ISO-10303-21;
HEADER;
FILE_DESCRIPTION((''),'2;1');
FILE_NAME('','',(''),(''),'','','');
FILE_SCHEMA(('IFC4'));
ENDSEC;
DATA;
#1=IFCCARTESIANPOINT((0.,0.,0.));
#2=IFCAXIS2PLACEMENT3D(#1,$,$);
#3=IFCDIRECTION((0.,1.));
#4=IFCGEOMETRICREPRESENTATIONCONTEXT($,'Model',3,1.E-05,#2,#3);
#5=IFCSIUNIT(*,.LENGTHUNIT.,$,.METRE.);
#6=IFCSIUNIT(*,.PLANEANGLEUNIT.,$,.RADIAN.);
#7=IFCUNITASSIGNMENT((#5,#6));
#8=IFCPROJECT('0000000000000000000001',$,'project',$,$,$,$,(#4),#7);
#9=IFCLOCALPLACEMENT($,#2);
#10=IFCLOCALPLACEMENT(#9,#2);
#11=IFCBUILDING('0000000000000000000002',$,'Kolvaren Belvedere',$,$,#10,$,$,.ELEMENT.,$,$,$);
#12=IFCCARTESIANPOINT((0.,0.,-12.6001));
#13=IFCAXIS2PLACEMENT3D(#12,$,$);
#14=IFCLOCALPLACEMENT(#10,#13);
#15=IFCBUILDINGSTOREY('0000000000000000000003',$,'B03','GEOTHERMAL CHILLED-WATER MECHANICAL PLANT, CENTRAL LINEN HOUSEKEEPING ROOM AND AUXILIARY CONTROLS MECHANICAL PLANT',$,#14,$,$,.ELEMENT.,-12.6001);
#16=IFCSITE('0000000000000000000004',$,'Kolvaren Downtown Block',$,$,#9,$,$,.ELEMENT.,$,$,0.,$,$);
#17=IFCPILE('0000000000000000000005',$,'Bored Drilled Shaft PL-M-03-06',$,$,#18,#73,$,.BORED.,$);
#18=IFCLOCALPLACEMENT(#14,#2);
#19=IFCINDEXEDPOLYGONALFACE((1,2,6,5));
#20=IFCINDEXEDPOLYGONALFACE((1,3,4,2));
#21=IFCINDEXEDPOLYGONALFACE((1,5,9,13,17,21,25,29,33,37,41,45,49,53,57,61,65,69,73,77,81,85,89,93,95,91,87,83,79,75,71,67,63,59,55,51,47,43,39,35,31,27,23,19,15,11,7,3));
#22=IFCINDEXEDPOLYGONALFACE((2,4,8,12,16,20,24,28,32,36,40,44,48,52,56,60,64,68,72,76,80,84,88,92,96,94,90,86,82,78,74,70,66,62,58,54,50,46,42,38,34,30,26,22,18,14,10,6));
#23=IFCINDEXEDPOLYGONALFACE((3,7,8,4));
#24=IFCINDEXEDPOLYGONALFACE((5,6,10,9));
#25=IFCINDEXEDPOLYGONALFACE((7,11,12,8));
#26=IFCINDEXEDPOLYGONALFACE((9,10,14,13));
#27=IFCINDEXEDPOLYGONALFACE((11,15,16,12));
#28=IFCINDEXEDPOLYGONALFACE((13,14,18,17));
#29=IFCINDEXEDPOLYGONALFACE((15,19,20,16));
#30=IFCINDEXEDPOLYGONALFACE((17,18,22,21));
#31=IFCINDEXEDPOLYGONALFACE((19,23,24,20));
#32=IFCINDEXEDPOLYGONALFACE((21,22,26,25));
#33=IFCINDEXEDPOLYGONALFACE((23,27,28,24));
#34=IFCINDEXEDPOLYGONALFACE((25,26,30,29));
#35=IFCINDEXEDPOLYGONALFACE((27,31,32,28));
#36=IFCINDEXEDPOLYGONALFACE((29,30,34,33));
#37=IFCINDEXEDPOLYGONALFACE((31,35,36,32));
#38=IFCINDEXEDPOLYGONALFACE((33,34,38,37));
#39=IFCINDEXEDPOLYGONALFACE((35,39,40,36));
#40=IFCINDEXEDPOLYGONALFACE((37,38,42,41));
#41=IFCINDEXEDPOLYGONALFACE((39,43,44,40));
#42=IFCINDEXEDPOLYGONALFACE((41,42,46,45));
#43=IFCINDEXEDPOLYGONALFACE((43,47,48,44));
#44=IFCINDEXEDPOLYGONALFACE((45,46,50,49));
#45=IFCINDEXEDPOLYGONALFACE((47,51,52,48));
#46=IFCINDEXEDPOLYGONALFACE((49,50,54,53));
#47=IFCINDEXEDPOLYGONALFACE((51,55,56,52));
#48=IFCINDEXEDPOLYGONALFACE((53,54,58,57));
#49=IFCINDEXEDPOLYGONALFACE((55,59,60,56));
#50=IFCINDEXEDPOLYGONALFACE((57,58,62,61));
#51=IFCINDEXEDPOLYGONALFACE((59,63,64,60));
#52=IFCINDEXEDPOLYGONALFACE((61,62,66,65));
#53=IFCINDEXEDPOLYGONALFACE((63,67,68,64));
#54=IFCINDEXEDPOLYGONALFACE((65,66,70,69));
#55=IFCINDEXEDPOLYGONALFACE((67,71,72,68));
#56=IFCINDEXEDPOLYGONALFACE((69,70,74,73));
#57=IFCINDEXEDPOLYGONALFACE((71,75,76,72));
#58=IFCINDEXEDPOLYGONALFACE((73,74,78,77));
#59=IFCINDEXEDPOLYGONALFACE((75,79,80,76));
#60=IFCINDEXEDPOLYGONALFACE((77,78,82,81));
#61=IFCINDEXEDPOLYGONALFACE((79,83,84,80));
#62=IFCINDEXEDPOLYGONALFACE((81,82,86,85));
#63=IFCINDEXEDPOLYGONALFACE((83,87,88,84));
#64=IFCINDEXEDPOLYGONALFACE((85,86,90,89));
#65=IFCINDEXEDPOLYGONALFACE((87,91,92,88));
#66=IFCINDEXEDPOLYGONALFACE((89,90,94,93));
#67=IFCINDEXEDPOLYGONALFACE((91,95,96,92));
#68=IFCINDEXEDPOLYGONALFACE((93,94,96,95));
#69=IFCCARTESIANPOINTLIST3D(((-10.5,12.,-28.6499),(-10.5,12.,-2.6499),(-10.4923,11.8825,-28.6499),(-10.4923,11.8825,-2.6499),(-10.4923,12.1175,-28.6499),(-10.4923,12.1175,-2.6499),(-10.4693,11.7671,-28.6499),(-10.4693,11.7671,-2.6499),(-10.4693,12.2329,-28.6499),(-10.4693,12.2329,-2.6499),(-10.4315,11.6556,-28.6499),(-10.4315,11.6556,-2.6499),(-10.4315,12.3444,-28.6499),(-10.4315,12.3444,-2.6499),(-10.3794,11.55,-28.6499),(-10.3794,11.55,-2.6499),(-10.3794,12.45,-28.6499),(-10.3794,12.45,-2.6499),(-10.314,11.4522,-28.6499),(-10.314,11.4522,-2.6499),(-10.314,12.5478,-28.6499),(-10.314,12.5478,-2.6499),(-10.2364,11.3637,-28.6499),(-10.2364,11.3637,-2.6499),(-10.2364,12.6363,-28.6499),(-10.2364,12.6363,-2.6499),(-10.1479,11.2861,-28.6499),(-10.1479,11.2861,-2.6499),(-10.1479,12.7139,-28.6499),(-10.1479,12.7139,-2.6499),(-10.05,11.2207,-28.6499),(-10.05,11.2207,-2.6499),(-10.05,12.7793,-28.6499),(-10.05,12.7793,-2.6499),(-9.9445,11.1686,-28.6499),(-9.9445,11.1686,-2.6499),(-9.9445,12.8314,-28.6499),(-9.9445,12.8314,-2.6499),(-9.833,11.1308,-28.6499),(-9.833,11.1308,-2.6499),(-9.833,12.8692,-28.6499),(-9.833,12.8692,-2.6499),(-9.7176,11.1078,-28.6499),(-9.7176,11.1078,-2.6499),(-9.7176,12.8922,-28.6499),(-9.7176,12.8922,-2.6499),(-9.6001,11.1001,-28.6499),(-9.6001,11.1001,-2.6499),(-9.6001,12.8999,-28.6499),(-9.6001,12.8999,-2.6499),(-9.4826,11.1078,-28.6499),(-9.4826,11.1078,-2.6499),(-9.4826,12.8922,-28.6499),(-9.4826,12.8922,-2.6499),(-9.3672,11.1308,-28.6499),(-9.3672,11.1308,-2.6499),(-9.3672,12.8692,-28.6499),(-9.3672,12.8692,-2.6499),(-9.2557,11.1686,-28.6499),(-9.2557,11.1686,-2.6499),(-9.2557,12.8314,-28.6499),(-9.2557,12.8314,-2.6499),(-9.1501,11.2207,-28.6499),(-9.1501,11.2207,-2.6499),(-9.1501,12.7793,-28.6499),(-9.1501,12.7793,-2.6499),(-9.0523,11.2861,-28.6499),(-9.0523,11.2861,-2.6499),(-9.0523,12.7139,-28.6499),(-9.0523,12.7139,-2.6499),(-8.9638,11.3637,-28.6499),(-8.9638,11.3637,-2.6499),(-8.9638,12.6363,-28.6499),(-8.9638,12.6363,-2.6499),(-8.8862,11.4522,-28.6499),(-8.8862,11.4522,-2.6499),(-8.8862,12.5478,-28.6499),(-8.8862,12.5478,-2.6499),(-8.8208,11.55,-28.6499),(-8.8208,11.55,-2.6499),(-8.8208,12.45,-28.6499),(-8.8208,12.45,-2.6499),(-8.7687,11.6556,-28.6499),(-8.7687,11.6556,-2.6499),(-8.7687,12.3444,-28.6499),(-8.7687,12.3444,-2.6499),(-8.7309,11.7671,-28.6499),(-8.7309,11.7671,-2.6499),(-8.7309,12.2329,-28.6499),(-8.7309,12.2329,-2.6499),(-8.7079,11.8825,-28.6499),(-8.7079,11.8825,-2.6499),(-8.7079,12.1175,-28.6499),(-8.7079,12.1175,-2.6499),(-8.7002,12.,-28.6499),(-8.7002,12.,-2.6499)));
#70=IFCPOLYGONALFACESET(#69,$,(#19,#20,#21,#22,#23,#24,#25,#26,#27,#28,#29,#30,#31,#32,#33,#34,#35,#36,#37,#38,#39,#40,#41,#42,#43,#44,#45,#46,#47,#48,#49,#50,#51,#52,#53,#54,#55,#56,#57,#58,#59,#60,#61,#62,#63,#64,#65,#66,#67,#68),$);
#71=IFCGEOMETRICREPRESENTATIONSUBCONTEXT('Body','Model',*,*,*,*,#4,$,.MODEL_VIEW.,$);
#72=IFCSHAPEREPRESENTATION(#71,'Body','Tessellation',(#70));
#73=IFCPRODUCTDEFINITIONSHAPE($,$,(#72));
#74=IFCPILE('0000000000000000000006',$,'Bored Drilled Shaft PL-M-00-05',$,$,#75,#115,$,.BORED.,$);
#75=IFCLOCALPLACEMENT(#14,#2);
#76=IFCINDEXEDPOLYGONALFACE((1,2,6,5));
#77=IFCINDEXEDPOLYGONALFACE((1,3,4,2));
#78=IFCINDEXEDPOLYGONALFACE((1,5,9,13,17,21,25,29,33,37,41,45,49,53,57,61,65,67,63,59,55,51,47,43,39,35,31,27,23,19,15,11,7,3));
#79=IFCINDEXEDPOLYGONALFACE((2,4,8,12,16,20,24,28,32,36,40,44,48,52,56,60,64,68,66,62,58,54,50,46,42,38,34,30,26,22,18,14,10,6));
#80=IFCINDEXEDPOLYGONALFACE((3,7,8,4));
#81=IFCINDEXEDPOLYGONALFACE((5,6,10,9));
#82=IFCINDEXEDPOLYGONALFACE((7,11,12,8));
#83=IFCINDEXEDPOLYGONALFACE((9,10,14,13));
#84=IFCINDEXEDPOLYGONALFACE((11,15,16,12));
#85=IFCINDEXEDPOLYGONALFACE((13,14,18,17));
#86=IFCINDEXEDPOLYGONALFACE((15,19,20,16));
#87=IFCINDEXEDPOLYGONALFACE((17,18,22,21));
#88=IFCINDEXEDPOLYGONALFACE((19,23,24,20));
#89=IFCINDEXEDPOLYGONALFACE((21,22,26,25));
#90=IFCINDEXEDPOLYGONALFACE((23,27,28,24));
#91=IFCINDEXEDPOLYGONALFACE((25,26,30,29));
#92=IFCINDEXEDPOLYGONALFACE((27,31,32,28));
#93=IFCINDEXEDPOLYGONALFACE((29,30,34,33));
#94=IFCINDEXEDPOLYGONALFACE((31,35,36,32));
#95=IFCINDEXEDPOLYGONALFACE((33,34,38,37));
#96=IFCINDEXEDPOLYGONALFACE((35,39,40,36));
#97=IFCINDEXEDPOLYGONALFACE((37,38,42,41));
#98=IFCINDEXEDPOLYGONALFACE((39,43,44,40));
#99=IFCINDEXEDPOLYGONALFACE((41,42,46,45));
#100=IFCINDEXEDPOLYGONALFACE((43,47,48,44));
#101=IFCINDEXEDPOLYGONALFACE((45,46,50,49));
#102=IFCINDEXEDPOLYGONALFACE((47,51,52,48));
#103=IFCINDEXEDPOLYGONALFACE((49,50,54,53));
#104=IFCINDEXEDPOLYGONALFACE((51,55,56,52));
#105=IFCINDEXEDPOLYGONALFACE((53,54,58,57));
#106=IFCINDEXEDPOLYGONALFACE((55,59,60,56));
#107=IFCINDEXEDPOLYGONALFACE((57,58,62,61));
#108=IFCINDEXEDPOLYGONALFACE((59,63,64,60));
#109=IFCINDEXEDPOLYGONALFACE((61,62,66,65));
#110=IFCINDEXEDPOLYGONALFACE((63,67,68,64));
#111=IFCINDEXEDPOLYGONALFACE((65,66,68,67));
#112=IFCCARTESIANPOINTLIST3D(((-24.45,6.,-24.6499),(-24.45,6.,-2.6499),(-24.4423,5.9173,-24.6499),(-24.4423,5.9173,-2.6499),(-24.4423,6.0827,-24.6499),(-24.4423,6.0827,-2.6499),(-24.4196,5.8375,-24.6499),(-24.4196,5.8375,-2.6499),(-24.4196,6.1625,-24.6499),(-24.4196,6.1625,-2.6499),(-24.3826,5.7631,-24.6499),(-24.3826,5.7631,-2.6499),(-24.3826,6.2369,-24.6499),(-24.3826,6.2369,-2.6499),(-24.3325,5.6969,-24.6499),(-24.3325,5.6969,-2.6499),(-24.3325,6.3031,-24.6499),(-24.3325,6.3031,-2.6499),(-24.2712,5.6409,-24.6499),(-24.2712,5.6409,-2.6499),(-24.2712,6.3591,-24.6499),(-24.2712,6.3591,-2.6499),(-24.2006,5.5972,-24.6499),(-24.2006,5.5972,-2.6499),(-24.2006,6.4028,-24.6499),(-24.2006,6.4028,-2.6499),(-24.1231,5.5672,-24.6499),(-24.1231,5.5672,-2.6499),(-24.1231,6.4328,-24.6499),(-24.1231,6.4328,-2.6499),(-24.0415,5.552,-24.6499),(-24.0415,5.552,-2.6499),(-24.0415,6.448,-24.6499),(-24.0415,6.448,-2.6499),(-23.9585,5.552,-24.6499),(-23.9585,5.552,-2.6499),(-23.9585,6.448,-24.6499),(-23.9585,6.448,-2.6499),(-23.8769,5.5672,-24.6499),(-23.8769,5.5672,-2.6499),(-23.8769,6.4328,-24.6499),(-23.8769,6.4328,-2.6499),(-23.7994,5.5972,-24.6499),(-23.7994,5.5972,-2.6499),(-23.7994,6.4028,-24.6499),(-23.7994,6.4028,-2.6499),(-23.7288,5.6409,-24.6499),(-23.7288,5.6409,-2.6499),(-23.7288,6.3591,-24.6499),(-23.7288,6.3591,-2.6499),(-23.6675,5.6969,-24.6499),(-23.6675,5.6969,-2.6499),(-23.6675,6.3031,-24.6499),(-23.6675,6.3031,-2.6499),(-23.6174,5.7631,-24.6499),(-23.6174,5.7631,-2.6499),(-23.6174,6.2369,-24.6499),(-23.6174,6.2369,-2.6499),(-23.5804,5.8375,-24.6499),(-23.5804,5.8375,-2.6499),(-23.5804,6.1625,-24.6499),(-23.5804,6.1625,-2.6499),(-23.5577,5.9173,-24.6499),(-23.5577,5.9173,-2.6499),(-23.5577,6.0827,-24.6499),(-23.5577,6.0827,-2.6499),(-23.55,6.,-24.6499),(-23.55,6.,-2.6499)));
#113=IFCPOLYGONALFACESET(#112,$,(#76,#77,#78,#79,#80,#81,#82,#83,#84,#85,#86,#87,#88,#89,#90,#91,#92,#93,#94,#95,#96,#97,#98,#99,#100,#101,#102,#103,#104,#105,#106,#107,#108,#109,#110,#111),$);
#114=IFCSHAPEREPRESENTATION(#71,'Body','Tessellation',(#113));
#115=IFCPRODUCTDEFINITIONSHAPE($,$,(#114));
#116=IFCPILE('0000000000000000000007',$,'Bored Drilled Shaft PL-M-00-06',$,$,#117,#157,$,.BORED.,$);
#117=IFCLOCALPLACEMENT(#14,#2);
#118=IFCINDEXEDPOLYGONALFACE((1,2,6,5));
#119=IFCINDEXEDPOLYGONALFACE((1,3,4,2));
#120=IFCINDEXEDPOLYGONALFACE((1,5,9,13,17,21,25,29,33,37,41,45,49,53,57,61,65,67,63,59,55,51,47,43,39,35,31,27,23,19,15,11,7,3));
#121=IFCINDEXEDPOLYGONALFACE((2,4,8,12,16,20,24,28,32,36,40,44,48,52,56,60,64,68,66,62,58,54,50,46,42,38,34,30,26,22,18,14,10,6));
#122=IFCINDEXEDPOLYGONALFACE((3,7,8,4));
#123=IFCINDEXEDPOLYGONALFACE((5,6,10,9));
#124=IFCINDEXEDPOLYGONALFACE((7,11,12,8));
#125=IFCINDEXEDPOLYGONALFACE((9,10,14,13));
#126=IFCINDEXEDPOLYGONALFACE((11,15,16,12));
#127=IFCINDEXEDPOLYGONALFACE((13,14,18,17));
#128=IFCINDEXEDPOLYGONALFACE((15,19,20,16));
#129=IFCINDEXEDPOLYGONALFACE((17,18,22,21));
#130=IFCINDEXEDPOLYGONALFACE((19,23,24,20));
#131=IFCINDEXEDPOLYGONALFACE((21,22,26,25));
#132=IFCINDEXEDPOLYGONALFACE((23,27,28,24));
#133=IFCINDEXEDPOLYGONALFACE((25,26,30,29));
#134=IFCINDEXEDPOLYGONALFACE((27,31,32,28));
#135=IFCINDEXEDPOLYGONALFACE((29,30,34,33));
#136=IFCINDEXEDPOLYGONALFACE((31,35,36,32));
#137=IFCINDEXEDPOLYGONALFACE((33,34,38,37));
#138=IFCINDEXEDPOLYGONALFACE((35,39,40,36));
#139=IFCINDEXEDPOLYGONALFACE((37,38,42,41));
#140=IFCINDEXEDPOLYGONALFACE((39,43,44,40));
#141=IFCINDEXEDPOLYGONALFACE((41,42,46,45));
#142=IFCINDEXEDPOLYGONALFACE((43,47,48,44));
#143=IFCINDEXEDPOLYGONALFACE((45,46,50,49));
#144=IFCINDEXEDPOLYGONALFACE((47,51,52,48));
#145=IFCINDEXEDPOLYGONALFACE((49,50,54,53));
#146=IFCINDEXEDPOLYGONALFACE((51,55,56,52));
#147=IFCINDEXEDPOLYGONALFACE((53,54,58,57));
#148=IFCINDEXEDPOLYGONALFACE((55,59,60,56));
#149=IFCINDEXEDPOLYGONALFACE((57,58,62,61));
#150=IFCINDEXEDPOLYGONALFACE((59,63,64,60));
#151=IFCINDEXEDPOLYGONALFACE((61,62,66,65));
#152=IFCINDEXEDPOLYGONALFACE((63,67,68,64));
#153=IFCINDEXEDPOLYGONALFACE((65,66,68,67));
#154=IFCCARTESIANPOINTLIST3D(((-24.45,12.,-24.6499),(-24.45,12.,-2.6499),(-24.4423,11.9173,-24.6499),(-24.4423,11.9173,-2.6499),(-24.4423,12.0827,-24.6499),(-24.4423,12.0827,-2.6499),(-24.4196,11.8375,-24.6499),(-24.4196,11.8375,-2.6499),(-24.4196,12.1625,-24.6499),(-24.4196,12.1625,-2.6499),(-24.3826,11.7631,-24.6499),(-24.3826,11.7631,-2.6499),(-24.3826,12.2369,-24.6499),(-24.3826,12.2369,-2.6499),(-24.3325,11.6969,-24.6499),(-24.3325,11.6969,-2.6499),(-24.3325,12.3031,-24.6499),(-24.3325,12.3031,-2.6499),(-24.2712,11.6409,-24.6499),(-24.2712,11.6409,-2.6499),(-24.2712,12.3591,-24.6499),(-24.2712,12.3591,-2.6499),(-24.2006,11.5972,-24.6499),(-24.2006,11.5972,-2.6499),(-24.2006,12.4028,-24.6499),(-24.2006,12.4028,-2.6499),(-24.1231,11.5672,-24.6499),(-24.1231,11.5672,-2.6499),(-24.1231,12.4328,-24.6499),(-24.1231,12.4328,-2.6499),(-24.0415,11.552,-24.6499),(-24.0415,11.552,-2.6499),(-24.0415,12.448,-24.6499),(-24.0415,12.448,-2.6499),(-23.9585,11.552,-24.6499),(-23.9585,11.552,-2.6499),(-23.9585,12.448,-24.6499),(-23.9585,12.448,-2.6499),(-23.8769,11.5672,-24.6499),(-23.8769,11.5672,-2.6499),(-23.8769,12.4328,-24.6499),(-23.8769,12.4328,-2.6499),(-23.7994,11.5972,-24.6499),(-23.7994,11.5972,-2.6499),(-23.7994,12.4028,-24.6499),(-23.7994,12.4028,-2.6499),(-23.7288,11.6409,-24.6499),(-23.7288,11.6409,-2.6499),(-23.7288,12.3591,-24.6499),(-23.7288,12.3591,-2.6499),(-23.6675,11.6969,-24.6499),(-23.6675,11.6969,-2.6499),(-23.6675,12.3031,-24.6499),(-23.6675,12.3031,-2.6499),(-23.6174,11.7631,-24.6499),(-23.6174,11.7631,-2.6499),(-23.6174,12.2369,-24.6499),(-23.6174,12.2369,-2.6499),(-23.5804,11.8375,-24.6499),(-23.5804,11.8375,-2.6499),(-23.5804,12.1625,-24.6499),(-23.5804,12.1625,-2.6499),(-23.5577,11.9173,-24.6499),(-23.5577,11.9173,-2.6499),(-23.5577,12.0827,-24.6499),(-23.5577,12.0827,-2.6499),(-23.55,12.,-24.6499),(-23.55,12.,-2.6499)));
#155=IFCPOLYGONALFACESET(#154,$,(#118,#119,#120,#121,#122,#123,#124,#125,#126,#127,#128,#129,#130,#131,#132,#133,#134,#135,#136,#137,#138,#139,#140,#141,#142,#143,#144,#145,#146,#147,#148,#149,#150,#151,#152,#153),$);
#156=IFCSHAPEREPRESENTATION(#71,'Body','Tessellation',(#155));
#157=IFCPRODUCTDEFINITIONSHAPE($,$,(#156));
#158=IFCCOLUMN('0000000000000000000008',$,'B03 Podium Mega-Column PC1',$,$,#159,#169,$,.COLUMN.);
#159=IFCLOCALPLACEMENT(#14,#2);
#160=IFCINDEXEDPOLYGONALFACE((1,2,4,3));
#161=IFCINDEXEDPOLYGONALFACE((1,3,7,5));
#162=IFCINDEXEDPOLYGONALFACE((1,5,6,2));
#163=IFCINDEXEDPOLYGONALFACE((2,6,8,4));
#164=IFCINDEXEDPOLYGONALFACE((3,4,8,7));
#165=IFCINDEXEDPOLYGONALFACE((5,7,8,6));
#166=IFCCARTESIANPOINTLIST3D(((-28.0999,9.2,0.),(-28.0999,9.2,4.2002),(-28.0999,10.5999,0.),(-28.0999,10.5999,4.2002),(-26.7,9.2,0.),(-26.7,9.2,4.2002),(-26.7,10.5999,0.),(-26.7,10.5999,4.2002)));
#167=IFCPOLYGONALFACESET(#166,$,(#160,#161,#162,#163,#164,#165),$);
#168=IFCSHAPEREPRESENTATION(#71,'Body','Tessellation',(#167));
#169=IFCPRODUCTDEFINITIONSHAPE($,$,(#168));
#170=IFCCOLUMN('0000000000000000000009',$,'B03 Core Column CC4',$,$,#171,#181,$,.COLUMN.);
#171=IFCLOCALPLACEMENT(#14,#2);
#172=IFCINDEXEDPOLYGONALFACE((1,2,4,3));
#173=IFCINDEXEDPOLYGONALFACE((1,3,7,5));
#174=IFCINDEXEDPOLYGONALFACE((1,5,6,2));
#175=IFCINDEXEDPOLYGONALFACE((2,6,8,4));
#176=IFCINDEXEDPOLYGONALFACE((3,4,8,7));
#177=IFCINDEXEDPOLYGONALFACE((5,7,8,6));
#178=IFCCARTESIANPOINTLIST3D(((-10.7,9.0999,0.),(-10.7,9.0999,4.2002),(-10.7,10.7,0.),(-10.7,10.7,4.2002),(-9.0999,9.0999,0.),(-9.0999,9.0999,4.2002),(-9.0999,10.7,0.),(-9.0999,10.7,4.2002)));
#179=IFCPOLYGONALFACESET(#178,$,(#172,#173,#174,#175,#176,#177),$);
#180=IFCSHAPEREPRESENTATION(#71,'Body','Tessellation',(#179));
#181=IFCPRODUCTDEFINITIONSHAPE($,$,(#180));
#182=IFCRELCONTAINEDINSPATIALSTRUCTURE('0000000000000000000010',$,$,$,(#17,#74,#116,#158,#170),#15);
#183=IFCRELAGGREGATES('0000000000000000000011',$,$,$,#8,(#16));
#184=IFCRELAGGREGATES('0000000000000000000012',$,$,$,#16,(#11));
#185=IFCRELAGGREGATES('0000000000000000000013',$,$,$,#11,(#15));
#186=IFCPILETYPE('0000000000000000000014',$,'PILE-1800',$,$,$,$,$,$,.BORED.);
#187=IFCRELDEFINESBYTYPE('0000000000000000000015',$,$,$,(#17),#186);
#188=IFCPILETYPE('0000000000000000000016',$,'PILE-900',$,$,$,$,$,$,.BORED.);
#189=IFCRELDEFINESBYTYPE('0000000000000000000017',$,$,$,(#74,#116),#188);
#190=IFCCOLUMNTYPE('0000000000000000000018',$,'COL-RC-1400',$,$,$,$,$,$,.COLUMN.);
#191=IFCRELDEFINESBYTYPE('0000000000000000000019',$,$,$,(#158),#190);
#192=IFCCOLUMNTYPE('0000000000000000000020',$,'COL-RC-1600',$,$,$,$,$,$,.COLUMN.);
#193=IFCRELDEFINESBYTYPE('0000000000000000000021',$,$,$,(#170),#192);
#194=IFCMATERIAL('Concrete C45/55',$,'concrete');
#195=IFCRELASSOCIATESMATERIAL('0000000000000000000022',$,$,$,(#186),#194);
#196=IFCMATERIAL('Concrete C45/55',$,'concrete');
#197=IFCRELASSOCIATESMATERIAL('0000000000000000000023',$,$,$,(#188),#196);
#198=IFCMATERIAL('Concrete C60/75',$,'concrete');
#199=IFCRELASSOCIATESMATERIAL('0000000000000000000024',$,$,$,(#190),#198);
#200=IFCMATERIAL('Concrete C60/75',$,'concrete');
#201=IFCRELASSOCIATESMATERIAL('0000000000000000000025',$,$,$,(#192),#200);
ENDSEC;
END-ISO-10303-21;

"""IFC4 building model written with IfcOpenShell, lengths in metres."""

from ifc_helpers import new_model, si_unit, direction, frame, origin, origin_2d, place, context, subcontext, project, spatial, rectangle, circle, extrude, material, material_profile, profile_set, type_object, element, save


model = new_model("IFC4")

# Units and contexts
model_context = context("Model", 3, precision=1e-05, world=origin(), true_north=direction((0.0, 1.0)))
body_context = subcontext(model_context, "Body", "Model", "MODEL_VIEW")
ifc_project = project(units=[si_unit("LENGTHUNIT", "METRE"), si_unit("PLANEANGLEUNIT", "RADIAN")], contexts=[model_context])

# Site, building, storey
site_placement = place(None, origin())
site = spatial("IfcSite", under=ifc_project, at=site_placement, Name="Kolvaren Downtown Block", CompositionType="ELEMENT", RefElevation=0.0)
building_placement = place(site_placement, origin())
building = spatial("IfcBuilding", under=site, at=building_placement, Name="Kolvaren Belvedere", CompositionType="ELEMENT")
storey_placement = place(building_placement, frame((0.0, 0.0, -12.6001)))
storey = spatial("IfcBuildingStorey", under=building, at=storey_placement, Name="B03", Description="GEOTHERMAL CHILLED-WATER MECHANICAL PLANT, CENTRAL LINEN HOUSEKEEPING ROOM AND AUXILIARY CONTROLS MECHANICAL PLANT", CompositionType="ELEMENT", Elevation=-12.6001)

# Piles
ifc_material_1 = material(Name="Concrete C45/55", Category="concrete")
ifc_material_profile_1 = material_profile(ifc_material_1, circle(Radius=0.8999, at=origin_2d()), Name="BORED PILE D1800")
ifc_profile_set_1 = profile_set([ifc_material_profile_1], Name="Concrete C45/55")
pile_type_1 = type_object("IfcPileType", Name="PILE-1800", PredefinedType="BORED", material=ifc_profile_set_1)
for number, where, z_axis, x_axis, name in (
    (1, (-9.6001, 12.0, -2.6499), (0.0, 0.0, -1.0), (1.0, 0.0, 0.0), "Bored Drilled Shaft PL-M-03-06"),
):
    element("IfcPile", number, at=place(storey_placement, frame(where, z_axis=z_axis, x_axis=x_axis)), inside=storey, type_object=pile_type_1, Name=name, PredefinedType="BORED", context=body_context, shape_type="SweptSolid", body=[
        extrude(circle(Radius=0.8999, at=origin_2d()), origin(), (0.0, 0.0, 1.0), 26.0),
    ])
ifc_material_2 = material(Name="Concrete C45/55", Category="concrete")
ifc_material_profile_2 = material_profile(ifc_material_2, circle(Radius=0.45, at=origin_2d()), Name="BORED PILE D900")
ifc_profile_set_2 = profile_set([ifc_material_profile_2], Name="Concrete C45/55")
pile_type_2 = type_object("IfcPileType", Name="PILE-900", PredefinedType="BORED", material=ifc_profile_set_2)
for number, where, z_axis, x_axis, name in (
    (2, (-24.0, 6.0, -2.6499), (0.0, 0.0, -1.0), (1.0, 0.0, 0.0), "Bored Drilled Shaft PL-M-00-05"),
    (3, (-24.0, 12.0, -2.6499), (0.0, 0.0, -1.0), (1.0, 0.0, 0.0), "Bored Drilled Shaft PL-M-00-06"),
):
    element("IfcPile", number, at=place(storey_placement, frame(where, z_axis=z_axis, x_axis=x_axis)), inside=storey, type_object=pile_type_2, Name=name, PredefinedType="BORED", context=body_context, shape_type="SweptSolid", body=[
        extrude(circle(Radius=0.45, at=origin_2d()), origin(), (0.0, 0.0, 1.0), 22.0),
    ])

# Columns
ifc_material_3 = material(Name="Concrete C60/75", Category="concrete")
ifc_material_profile_3 = material_profile(ifc_material_3, rectangle(XDim=1.3999, YDim=1.3999, at=origin_2d()), Name="RC 1400X1400")
ifc_profile_set_3 = profile_set([ifc_material_profile_3], Name="Concrete C60/75")
column_type_1 = type_object("IfcColumnType", Name="COL-RC-1400", PredefinedType="COLUMN", material=ifc_profile_set_3)
column_1_placement = place(storey_placement, frame((-27.3999, 9.8999, 0.0), z_axis=(0.0, 0.0, 1.0), x_axis=(1.0, 0.0, 0.0)))
element("IfcColumn", 4, at=column_1_placement, inside=storey, type_object=column_type_1, Name="B03 Podium Mega-Column PC1", PredefinedType="COLUMN", context=body_context, shape_type="SweptSolid", body=[
    extrude(rectangle(XDim=1.3999, YDim=1.3999, at=origin_2d()), origin(), (0.0, 0.0, 1.0), 4.2002),
])
ifc_material_4 = material(Name="Concrete C60/75", Category="concrete")
ifc_material_profile_4 = material_profile(ifc_material_4, rectangle(XDim=1.6001, YDim=1.6001, at=origin_2d()), Name="RC 1600X1600")
ifc_profile_set_4 = profile_set([ifc_material_profile_4], Name="Concrete C60/75")
column_type_2 = type_object("IfcColumnType", Name="COL-RC-1600", PredefinedType="COLUMN", material=ifc_profile_set_4)
column_2_placement = place(storey_placement, frame((-9.8999, 9.8999, 0.0), z_axis=(0.0, 0.0, 1.0), x_axis=(1.0, 0.0, 0.0)))
element("IfcColumn", 5, at=column_2_placement, inside=storey, type_object=column_type_2, Name="B03 Core Column CC4", PredefinedType="COLUMN", context=body_context, shape_type="SweptSolid", body=[
    extrude(rectangle(XDim=1.6001, YDim=1.6001, at=origin_2d()), origin(), (0.0, 0.0, 1.0), 4.2002),
])

save(model, "model.ifc")
